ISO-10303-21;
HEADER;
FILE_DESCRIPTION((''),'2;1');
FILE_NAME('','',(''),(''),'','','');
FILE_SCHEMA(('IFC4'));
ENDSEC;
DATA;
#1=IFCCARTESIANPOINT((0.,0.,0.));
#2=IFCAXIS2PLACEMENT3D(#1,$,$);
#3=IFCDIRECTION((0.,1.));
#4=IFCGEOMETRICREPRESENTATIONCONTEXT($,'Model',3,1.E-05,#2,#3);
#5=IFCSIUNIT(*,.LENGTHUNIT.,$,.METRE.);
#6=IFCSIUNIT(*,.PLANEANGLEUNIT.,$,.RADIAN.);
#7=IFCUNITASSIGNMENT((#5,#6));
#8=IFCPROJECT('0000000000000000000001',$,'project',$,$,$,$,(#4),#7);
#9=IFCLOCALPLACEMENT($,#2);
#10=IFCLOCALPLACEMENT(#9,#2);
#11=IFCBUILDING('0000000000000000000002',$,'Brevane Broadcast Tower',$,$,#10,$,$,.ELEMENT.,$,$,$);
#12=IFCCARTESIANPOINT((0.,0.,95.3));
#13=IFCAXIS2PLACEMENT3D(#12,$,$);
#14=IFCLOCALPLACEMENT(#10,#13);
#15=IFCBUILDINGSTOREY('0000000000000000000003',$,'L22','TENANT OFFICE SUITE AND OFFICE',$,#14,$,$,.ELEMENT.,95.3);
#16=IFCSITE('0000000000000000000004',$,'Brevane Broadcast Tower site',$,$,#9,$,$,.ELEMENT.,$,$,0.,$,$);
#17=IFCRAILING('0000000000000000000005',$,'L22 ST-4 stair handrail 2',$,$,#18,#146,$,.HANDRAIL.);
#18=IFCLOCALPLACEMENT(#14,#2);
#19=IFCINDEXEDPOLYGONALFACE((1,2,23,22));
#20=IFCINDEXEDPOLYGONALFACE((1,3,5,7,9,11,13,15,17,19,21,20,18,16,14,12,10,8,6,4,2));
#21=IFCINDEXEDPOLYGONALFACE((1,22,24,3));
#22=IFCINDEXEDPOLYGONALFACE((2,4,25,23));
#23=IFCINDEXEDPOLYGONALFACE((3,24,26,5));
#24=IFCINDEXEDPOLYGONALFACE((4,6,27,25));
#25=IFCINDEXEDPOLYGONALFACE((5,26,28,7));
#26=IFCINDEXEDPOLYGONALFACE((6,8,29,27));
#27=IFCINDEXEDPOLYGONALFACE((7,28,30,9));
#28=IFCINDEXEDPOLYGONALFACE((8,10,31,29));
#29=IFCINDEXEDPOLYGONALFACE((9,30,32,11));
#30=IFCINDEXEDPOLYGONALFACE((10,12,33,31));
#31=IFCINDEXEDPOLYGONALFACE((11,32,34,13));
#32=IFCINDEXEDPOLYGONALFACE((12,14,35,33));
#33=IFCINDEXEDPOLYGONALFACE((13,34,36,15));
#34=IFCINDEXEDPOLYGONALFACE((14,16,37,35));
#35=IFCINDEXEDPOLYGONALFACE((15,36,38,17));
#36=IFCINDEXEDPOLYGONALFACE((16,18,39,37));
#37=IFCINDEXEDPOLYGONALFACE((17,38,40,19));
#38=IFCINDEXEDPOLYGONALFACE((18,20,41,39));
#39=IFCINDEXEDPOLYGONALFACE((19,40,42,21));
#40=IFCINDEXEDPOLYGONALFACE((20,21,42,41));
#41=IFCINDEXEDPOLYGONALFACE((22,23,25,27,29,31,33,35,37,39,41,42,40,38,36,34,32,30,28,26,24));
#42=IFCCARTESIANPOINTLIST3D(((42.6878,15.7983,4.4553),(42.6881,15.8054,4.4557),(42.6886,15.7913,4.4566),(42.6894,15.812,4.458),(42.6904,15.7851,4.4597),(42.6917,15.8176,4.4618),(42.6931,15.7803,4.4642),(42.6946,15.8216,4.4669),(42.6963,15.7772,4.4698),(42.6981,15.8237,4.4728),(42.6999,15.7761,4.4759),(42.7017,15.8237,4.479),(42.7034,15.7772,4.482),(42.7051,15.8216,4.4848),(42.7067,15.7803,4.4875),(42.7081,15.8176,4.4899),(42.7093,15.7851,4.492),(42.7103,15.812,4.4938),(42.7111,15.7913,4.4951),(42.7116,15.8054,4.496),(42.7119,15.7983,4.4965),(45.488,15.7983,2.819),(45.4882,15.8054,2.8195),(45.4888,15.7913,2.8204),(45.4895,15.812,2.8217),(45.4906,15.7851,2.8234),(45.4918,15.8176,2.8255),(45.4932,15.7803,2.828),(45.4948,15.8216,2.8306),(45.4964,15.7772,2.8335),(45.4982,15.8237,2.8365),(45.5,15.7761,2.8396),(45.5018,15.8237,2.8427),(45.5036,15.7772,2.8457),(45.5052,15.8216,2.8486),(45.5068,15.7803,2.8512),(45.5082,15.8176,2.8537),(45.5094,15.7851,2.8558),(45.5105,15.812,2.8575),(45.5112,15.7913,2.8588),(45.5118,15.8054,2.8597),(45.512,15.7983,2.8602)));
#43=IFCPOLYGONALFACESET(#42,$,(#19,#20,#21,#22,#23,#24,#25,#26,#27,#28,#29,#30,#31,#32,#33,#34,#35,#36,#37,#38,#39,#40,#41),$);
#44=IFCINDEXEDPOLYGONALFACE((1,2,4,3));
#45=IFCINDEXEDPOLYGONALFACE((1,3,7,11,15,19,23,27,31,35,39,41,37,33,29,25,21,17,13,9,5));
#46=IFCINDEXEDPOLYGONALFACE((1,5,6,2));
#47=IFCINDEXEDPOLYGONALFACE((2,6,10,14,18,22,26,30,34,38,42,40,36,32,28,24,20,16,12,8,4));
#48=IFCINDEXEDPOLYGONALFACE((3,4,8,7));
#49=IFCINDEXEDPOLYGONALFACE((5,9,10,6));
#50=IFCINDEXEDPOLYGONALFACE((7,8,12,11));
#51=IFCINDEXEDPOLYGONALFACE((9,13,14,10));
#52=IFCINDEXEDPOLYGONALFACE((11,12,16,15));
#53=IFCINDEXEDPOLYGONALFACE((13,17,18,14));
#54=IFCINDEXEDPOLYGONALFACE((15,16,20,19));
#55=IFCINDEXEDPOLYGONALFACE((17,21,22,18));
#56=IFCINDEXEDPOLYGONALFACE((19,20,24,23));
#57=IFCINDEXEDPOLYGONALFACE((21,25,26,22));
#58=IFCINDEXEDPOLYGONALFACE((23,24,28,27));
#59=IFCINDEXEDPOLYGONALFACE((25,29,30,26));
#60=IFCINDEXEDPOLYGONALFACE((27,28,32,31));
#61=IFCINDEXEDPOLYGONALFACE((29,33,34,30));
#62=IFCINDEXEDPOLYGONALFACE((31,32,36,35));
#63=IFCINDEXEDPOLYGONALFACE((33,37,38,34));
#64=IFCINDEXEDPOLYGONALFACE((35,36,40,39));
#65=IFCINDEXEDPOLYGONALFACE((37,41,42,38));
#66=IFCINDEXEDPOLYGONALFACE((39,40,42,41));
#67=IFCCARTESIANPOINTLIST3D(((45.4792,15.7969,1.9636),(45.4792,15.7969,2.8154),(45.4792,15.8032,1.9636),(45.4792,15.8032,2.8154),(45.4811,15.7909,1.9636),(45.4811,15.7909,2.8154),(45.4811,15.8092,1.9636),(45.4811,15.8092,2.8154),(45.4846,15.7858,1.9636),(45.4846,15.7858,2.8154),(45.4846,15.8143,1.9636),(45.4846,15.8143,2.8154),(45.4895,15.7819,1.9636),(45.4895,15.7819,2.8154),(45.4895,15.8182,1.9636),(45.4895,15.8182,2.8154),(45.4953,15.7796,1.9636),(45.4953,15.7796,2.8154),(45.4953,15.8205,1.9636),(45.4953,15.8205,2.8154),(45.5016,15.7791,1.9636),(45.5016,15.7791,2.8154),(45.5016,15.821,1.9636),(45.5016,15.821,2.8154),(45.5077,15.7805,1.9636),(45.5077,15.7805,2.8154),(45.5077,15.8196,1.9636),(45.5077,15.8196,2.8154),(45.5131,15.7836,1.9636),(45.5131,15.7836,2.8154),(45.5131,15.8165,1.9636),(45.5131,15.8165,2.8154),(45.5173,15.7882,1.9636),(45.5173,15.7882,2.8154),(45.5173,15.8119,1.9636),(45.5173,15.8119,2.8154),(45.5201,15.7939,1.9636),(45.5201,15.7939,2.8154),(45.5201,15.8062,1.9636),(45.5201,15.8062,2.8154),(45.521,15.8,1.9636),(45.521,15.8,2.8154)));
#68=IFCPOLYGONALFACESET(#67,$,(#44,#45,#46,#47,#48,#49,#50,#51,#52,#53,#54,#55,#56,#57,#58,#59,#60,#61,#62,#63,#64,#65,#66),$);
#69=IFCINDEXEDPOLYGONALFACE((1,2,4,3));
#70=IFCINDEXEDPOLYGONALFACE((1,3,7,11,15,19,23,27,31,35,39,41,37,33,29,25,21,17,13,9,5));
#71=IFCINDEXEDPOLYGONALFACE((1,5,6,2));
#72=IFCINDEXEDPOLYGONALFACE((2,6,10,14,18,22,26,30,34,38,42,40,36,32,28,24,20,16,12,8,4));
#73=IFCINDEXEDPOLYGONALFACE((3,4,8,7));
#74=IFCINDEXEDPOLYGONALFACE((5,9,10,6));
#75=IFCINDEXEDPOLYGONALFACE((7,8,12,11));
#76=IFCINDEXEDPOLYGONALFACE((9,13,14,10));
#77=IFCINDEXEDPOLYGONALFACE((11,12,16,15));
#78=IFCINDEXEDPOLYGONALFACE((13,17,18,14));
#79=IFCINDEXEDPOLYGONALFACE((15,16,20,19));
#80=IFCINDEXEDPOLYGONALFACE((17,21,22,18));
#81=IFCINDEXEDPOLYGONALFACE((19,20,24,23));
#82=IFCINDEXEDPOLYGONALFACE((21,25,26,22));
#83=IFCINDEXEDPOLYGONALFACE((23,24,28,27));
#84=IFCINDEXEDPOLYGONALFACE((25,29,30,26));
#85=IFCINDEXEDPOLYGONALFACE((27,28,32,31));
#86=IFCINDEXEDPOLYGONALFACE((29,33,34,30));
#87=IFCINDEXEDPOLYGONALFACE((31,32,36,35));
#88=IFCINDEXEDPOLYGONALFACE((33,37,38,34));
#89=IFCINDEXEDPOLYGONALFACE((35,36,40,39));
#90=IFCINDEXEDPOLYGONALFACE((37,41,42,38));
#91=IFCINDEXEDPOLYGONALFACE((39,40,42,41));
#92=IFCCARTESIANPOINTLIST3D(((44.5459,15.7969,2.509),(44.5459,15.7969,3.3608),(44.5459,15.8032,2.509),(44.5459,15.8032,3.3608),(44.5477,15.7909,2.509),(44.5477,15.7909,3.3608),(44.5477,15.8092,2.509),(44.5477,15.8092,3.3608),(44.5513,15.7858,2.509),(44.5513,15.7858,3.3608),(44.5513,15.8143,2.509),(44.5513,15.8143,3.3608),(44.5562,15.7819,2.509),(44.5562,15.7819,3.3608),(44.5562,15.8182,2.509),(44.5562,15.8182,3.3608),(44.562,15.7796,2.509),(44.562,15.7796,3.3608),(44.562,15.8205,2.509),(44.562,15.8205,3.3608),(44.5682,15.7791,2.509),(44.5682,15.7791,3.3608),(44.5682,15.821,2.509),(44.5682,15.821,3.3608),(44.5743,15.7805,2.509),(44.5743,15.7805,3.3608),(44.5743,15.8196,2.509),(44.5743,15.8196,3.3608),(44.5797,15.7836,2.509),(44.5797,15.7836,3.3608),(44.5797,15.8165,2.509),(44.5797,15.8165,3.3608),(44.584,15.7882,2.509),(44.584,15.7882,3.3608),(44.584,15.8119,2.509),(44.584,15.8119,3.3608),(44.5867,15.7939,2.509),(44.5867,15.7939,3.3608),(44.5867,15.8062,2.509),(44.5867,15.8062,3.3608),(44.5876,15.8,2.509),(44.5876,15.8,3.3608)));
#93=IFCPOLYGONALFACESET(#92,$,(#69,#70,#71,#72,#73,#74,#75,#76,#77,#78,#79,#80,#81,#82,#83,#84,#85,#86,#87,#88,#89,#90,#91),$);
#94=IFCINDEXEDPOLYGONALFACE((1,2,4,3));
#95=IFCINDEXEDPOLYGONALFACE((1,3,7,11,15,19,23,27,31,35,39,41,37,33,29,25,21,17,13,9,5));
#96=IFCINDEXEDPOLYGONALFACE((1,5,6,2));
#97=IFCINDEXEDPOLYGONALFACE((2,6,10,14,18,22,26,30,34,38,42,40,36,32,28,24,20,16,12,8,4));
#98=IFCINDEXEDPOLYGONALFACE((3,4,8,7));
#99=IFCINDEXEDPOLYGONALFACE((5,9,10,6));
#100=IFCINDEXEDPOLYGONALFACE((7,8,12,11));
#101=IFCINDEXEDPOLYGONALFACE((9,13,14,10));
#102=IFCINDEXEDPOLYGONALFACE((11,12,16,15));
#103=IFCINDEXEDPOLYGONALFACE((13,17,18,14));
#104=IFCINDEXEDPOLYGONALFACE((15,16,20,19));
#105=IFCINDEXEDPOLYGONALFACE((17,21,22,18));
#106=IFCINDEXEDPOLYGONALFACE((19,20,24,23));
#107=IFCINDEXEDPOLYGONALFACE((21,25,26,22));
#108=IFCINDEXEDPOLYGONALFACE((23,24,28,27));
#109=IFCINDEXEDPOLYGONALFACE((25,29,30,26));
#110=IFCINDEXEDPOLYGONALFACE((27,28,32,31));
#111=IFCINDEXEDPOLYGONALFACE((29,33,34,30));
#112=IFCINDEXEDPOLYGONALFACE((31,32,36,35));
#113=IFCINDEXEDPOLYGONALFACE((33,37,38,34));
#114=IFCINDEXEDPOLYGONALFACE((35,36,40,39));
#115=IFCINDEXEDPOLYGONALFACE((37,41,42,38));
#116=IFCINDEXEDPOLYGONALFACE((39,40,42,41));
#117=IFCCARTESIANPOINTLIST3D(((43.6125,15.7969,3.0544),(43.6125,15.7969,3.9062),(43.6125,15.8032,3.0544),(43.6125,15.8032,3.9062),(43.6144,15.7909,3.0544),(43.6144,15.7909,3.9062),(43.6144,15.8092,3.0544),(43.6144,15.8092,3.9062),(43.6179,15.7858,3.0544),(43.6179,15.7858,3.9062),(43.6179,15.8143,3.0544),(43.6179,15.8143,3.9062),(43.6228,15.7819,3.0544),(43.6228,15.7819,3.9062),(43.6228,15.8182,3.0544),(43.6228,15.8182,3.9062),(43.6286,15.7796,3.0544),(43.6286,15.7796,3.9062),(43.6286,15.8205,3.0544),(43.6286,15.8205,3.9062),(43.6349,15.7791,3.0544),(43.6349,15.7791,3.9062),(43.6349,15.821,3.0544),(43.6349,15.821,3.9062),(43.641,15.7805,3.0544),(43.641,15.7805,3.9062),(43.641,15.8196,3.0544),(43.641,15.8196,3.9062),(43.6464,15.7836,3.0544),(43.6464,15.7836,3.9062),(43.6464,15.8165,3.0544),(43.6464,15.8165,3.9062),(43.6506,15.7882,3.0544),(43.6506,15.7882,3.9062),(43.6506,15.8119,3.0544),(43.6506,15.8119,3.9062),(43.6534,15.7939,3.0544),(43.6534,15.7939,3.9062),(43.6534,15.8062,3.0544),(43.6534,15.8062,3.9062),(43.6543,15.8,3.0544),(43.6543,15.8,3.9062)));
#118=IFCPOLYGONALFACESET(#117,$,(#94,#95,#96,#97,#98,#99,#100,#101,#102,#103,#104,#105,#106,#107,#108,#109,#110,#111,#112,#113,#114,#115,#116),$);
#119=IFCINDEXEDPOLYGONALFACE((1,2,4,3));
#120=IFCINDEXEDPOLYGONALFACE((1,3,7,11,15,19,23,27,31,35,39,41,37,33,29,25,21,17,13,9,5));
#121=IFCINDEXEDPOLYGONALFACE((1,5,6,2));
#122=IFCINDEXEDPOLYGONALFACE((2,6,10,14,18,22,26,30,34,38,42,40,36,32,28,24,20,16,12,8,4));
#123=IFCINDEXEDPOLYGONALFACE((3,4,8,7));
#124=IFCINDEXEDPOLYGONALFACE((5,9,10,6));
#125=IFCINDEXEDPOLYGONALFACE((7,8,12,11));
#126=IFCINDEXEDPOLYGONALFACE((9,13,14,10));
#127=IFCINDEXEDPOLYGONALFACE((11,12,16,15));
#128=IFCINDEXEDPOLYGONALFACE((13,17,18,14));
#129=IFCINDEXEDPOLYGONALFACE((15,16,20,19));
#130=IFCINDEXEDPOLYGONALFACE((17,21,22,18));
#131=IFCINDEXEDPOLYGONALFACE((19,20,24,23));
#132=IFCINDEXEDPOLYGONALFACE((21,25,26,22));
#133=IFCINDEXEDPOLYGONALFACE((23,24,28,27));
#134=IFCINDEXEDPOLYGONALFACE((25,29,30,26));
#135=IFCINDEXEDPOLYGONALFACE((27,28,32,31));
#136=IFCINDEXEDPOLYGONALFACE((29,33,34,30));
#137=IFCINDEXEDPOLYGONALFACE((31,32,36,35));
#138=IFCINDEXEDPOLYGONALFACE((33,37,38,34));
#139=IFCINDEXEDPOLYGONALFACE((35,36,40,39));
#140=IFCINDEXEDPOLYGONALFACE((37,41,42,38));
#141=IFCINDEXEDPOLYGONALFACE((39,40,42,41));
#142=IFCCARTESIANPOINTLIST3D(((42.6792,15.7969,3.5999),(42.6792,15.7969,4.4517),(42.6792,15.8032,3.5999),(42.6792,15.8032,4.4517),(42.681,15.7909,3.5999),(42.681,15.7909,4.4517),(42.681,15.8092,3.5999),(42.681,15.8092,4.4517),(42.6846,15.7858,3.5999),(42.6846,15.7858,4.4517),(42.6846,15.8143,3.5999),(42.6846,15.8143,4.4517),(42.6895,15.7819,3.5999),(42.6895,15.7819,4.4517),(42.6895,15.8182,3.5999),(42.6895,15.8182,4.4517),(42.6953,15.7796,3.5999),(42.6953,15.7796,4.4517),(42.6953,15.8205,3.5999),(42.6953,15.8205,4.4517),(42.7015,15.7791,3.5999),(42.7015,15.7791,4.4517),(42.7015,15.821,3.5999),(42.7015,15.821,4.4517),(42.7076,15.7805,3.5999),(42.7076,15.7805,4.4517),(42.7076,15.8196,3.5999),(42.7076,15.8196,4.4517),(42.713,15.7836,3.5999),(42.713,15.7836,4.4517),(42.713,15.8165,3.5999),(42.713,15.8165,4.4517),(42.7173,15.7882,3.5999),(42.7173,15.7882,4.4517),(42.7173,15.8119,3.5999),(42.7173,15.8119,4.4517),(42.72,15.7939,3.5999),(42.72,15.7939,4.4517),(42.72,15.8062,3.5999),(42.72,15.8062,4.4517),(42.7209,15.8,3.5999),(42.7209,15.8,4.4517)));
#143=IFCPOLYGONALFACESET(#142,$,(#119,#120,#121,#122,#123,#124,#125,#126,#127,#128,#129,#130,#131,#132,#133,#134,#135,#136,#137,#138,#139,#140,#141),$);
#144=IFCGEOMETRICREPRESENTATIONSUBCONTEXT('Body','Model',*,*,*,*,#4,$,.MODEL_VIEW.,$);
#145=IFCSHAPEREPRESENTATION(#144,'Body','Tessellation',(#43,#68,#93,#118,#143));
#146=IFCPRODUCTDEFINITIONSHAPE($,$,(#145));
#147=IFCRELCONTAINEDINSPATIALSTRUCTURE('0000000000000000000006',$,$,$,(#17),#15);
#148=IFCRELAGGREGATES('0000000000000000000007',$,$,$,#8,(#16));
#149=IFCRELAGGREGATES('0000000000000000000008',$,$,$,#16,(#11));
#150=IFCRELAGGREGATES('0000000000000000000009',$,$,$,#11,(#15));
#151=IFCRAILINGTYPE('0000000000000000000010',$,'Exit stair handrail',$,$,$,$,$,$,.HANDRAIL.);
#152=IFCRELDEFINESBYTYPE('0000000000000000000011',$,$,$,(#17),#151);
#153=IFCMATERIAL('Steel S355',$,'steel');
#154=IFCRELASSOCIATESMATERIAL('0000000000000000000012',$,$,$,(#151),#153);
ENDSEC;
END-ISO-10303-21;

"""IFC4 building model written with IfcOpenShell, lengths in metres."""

from ifc_helpers import new_model, si_unit, direction, frame, origin, origin_2d, place, context, subcontext, project, spatial, circle, extrude, material, type_object, element, save


model = new_model("IFC4")

# Units and contexts
model_context = context("Model", 3, precision=1e-05, world=origin(), true_north=direction((0.0, 1.0)))
body_context = subcontext(model_context, "Body", "Model", "MODEL_VIEW")
ifc_project = project(units=[si_unit("LENGTHUNIT", "METRE"), si_unit("PLANEANGLEUNIT", "RADIAN")], contexts=[model_context])

# Site, building, storey
site_placement = place(None, origin())
site = spatial("IfcSite", under=ifc_project, at=site_placement, Name="Brevane Broadcast Tower site", CompositionType="ELEMENT", RefElevation=0.0)
building_placement = place(site_placement, origin())
building = spatial("IfcBuilding", under=site, at=building_placement, Name="Brevane Broadcast Tower", CompositionType="ELEMENT")
storey_placement = place(building_placement, frame((0.0, 0.0, 95.3)))
storey = spatial("IfcBuildingStorey", under=building, at=storey_placement, Name="L22", Description="TENANT OFFICE SUITE AND OFFICE", CompositionType="ELEMENT", Elevation=95.3)

# Railing
ifc_material_1 = material(Name="Steel S355", Category="steel")
railing_type_1 = type_object("IfcRailingType", Name="Exit stair handrail", PredefinedType="HANDRAIL", material=ifc_material_1)
railing_1_placement = place(storey_placement, frame((45.5, 15.8, 1.9636)))
element("IfcRailing", 1, at=railing_1_placement, inside=storey, type_object=railing_type_1, Name="L22 ST-4 stair handrail 2", PredefinedType="HANDRAIL", context=body_context, shape_type="SweptSolid", body=[
    extrude(circle(Radius=0.0239, at=origin_2d()), frame((0.0, 0.0, 0.876), z_axis=(-0.863394, 0.0, 0.504531), x_axis=(0.0, -1.0, 0.0)), (0.0, 0.0, 1.0), 3.2432),
    extrude(circle(Radius=0.021, at=origin_2d()), origin(), (0.0, 0.0, 1.0), 0.8518),
    extrude(circle(Radius=0.021, at=origin_2d()), frame((-0.9333, 0.0, 0.5454)), (0.0, 0.0, 1.0), 0.8518),
    extrude(circle(Radius=0.021, at=origin_2d()), frame((-1.8667, 0.0, 1.0908)), (0.0, 0.0, 1.0), 0.8518),
    extrude(circle(Radius=0.021, at=origin_2d()), frame((-2.8, 0.0, 1.6362)), (0.0, 0.0, 1.0), 0.8518),
])

save(model, "model.ifc")
